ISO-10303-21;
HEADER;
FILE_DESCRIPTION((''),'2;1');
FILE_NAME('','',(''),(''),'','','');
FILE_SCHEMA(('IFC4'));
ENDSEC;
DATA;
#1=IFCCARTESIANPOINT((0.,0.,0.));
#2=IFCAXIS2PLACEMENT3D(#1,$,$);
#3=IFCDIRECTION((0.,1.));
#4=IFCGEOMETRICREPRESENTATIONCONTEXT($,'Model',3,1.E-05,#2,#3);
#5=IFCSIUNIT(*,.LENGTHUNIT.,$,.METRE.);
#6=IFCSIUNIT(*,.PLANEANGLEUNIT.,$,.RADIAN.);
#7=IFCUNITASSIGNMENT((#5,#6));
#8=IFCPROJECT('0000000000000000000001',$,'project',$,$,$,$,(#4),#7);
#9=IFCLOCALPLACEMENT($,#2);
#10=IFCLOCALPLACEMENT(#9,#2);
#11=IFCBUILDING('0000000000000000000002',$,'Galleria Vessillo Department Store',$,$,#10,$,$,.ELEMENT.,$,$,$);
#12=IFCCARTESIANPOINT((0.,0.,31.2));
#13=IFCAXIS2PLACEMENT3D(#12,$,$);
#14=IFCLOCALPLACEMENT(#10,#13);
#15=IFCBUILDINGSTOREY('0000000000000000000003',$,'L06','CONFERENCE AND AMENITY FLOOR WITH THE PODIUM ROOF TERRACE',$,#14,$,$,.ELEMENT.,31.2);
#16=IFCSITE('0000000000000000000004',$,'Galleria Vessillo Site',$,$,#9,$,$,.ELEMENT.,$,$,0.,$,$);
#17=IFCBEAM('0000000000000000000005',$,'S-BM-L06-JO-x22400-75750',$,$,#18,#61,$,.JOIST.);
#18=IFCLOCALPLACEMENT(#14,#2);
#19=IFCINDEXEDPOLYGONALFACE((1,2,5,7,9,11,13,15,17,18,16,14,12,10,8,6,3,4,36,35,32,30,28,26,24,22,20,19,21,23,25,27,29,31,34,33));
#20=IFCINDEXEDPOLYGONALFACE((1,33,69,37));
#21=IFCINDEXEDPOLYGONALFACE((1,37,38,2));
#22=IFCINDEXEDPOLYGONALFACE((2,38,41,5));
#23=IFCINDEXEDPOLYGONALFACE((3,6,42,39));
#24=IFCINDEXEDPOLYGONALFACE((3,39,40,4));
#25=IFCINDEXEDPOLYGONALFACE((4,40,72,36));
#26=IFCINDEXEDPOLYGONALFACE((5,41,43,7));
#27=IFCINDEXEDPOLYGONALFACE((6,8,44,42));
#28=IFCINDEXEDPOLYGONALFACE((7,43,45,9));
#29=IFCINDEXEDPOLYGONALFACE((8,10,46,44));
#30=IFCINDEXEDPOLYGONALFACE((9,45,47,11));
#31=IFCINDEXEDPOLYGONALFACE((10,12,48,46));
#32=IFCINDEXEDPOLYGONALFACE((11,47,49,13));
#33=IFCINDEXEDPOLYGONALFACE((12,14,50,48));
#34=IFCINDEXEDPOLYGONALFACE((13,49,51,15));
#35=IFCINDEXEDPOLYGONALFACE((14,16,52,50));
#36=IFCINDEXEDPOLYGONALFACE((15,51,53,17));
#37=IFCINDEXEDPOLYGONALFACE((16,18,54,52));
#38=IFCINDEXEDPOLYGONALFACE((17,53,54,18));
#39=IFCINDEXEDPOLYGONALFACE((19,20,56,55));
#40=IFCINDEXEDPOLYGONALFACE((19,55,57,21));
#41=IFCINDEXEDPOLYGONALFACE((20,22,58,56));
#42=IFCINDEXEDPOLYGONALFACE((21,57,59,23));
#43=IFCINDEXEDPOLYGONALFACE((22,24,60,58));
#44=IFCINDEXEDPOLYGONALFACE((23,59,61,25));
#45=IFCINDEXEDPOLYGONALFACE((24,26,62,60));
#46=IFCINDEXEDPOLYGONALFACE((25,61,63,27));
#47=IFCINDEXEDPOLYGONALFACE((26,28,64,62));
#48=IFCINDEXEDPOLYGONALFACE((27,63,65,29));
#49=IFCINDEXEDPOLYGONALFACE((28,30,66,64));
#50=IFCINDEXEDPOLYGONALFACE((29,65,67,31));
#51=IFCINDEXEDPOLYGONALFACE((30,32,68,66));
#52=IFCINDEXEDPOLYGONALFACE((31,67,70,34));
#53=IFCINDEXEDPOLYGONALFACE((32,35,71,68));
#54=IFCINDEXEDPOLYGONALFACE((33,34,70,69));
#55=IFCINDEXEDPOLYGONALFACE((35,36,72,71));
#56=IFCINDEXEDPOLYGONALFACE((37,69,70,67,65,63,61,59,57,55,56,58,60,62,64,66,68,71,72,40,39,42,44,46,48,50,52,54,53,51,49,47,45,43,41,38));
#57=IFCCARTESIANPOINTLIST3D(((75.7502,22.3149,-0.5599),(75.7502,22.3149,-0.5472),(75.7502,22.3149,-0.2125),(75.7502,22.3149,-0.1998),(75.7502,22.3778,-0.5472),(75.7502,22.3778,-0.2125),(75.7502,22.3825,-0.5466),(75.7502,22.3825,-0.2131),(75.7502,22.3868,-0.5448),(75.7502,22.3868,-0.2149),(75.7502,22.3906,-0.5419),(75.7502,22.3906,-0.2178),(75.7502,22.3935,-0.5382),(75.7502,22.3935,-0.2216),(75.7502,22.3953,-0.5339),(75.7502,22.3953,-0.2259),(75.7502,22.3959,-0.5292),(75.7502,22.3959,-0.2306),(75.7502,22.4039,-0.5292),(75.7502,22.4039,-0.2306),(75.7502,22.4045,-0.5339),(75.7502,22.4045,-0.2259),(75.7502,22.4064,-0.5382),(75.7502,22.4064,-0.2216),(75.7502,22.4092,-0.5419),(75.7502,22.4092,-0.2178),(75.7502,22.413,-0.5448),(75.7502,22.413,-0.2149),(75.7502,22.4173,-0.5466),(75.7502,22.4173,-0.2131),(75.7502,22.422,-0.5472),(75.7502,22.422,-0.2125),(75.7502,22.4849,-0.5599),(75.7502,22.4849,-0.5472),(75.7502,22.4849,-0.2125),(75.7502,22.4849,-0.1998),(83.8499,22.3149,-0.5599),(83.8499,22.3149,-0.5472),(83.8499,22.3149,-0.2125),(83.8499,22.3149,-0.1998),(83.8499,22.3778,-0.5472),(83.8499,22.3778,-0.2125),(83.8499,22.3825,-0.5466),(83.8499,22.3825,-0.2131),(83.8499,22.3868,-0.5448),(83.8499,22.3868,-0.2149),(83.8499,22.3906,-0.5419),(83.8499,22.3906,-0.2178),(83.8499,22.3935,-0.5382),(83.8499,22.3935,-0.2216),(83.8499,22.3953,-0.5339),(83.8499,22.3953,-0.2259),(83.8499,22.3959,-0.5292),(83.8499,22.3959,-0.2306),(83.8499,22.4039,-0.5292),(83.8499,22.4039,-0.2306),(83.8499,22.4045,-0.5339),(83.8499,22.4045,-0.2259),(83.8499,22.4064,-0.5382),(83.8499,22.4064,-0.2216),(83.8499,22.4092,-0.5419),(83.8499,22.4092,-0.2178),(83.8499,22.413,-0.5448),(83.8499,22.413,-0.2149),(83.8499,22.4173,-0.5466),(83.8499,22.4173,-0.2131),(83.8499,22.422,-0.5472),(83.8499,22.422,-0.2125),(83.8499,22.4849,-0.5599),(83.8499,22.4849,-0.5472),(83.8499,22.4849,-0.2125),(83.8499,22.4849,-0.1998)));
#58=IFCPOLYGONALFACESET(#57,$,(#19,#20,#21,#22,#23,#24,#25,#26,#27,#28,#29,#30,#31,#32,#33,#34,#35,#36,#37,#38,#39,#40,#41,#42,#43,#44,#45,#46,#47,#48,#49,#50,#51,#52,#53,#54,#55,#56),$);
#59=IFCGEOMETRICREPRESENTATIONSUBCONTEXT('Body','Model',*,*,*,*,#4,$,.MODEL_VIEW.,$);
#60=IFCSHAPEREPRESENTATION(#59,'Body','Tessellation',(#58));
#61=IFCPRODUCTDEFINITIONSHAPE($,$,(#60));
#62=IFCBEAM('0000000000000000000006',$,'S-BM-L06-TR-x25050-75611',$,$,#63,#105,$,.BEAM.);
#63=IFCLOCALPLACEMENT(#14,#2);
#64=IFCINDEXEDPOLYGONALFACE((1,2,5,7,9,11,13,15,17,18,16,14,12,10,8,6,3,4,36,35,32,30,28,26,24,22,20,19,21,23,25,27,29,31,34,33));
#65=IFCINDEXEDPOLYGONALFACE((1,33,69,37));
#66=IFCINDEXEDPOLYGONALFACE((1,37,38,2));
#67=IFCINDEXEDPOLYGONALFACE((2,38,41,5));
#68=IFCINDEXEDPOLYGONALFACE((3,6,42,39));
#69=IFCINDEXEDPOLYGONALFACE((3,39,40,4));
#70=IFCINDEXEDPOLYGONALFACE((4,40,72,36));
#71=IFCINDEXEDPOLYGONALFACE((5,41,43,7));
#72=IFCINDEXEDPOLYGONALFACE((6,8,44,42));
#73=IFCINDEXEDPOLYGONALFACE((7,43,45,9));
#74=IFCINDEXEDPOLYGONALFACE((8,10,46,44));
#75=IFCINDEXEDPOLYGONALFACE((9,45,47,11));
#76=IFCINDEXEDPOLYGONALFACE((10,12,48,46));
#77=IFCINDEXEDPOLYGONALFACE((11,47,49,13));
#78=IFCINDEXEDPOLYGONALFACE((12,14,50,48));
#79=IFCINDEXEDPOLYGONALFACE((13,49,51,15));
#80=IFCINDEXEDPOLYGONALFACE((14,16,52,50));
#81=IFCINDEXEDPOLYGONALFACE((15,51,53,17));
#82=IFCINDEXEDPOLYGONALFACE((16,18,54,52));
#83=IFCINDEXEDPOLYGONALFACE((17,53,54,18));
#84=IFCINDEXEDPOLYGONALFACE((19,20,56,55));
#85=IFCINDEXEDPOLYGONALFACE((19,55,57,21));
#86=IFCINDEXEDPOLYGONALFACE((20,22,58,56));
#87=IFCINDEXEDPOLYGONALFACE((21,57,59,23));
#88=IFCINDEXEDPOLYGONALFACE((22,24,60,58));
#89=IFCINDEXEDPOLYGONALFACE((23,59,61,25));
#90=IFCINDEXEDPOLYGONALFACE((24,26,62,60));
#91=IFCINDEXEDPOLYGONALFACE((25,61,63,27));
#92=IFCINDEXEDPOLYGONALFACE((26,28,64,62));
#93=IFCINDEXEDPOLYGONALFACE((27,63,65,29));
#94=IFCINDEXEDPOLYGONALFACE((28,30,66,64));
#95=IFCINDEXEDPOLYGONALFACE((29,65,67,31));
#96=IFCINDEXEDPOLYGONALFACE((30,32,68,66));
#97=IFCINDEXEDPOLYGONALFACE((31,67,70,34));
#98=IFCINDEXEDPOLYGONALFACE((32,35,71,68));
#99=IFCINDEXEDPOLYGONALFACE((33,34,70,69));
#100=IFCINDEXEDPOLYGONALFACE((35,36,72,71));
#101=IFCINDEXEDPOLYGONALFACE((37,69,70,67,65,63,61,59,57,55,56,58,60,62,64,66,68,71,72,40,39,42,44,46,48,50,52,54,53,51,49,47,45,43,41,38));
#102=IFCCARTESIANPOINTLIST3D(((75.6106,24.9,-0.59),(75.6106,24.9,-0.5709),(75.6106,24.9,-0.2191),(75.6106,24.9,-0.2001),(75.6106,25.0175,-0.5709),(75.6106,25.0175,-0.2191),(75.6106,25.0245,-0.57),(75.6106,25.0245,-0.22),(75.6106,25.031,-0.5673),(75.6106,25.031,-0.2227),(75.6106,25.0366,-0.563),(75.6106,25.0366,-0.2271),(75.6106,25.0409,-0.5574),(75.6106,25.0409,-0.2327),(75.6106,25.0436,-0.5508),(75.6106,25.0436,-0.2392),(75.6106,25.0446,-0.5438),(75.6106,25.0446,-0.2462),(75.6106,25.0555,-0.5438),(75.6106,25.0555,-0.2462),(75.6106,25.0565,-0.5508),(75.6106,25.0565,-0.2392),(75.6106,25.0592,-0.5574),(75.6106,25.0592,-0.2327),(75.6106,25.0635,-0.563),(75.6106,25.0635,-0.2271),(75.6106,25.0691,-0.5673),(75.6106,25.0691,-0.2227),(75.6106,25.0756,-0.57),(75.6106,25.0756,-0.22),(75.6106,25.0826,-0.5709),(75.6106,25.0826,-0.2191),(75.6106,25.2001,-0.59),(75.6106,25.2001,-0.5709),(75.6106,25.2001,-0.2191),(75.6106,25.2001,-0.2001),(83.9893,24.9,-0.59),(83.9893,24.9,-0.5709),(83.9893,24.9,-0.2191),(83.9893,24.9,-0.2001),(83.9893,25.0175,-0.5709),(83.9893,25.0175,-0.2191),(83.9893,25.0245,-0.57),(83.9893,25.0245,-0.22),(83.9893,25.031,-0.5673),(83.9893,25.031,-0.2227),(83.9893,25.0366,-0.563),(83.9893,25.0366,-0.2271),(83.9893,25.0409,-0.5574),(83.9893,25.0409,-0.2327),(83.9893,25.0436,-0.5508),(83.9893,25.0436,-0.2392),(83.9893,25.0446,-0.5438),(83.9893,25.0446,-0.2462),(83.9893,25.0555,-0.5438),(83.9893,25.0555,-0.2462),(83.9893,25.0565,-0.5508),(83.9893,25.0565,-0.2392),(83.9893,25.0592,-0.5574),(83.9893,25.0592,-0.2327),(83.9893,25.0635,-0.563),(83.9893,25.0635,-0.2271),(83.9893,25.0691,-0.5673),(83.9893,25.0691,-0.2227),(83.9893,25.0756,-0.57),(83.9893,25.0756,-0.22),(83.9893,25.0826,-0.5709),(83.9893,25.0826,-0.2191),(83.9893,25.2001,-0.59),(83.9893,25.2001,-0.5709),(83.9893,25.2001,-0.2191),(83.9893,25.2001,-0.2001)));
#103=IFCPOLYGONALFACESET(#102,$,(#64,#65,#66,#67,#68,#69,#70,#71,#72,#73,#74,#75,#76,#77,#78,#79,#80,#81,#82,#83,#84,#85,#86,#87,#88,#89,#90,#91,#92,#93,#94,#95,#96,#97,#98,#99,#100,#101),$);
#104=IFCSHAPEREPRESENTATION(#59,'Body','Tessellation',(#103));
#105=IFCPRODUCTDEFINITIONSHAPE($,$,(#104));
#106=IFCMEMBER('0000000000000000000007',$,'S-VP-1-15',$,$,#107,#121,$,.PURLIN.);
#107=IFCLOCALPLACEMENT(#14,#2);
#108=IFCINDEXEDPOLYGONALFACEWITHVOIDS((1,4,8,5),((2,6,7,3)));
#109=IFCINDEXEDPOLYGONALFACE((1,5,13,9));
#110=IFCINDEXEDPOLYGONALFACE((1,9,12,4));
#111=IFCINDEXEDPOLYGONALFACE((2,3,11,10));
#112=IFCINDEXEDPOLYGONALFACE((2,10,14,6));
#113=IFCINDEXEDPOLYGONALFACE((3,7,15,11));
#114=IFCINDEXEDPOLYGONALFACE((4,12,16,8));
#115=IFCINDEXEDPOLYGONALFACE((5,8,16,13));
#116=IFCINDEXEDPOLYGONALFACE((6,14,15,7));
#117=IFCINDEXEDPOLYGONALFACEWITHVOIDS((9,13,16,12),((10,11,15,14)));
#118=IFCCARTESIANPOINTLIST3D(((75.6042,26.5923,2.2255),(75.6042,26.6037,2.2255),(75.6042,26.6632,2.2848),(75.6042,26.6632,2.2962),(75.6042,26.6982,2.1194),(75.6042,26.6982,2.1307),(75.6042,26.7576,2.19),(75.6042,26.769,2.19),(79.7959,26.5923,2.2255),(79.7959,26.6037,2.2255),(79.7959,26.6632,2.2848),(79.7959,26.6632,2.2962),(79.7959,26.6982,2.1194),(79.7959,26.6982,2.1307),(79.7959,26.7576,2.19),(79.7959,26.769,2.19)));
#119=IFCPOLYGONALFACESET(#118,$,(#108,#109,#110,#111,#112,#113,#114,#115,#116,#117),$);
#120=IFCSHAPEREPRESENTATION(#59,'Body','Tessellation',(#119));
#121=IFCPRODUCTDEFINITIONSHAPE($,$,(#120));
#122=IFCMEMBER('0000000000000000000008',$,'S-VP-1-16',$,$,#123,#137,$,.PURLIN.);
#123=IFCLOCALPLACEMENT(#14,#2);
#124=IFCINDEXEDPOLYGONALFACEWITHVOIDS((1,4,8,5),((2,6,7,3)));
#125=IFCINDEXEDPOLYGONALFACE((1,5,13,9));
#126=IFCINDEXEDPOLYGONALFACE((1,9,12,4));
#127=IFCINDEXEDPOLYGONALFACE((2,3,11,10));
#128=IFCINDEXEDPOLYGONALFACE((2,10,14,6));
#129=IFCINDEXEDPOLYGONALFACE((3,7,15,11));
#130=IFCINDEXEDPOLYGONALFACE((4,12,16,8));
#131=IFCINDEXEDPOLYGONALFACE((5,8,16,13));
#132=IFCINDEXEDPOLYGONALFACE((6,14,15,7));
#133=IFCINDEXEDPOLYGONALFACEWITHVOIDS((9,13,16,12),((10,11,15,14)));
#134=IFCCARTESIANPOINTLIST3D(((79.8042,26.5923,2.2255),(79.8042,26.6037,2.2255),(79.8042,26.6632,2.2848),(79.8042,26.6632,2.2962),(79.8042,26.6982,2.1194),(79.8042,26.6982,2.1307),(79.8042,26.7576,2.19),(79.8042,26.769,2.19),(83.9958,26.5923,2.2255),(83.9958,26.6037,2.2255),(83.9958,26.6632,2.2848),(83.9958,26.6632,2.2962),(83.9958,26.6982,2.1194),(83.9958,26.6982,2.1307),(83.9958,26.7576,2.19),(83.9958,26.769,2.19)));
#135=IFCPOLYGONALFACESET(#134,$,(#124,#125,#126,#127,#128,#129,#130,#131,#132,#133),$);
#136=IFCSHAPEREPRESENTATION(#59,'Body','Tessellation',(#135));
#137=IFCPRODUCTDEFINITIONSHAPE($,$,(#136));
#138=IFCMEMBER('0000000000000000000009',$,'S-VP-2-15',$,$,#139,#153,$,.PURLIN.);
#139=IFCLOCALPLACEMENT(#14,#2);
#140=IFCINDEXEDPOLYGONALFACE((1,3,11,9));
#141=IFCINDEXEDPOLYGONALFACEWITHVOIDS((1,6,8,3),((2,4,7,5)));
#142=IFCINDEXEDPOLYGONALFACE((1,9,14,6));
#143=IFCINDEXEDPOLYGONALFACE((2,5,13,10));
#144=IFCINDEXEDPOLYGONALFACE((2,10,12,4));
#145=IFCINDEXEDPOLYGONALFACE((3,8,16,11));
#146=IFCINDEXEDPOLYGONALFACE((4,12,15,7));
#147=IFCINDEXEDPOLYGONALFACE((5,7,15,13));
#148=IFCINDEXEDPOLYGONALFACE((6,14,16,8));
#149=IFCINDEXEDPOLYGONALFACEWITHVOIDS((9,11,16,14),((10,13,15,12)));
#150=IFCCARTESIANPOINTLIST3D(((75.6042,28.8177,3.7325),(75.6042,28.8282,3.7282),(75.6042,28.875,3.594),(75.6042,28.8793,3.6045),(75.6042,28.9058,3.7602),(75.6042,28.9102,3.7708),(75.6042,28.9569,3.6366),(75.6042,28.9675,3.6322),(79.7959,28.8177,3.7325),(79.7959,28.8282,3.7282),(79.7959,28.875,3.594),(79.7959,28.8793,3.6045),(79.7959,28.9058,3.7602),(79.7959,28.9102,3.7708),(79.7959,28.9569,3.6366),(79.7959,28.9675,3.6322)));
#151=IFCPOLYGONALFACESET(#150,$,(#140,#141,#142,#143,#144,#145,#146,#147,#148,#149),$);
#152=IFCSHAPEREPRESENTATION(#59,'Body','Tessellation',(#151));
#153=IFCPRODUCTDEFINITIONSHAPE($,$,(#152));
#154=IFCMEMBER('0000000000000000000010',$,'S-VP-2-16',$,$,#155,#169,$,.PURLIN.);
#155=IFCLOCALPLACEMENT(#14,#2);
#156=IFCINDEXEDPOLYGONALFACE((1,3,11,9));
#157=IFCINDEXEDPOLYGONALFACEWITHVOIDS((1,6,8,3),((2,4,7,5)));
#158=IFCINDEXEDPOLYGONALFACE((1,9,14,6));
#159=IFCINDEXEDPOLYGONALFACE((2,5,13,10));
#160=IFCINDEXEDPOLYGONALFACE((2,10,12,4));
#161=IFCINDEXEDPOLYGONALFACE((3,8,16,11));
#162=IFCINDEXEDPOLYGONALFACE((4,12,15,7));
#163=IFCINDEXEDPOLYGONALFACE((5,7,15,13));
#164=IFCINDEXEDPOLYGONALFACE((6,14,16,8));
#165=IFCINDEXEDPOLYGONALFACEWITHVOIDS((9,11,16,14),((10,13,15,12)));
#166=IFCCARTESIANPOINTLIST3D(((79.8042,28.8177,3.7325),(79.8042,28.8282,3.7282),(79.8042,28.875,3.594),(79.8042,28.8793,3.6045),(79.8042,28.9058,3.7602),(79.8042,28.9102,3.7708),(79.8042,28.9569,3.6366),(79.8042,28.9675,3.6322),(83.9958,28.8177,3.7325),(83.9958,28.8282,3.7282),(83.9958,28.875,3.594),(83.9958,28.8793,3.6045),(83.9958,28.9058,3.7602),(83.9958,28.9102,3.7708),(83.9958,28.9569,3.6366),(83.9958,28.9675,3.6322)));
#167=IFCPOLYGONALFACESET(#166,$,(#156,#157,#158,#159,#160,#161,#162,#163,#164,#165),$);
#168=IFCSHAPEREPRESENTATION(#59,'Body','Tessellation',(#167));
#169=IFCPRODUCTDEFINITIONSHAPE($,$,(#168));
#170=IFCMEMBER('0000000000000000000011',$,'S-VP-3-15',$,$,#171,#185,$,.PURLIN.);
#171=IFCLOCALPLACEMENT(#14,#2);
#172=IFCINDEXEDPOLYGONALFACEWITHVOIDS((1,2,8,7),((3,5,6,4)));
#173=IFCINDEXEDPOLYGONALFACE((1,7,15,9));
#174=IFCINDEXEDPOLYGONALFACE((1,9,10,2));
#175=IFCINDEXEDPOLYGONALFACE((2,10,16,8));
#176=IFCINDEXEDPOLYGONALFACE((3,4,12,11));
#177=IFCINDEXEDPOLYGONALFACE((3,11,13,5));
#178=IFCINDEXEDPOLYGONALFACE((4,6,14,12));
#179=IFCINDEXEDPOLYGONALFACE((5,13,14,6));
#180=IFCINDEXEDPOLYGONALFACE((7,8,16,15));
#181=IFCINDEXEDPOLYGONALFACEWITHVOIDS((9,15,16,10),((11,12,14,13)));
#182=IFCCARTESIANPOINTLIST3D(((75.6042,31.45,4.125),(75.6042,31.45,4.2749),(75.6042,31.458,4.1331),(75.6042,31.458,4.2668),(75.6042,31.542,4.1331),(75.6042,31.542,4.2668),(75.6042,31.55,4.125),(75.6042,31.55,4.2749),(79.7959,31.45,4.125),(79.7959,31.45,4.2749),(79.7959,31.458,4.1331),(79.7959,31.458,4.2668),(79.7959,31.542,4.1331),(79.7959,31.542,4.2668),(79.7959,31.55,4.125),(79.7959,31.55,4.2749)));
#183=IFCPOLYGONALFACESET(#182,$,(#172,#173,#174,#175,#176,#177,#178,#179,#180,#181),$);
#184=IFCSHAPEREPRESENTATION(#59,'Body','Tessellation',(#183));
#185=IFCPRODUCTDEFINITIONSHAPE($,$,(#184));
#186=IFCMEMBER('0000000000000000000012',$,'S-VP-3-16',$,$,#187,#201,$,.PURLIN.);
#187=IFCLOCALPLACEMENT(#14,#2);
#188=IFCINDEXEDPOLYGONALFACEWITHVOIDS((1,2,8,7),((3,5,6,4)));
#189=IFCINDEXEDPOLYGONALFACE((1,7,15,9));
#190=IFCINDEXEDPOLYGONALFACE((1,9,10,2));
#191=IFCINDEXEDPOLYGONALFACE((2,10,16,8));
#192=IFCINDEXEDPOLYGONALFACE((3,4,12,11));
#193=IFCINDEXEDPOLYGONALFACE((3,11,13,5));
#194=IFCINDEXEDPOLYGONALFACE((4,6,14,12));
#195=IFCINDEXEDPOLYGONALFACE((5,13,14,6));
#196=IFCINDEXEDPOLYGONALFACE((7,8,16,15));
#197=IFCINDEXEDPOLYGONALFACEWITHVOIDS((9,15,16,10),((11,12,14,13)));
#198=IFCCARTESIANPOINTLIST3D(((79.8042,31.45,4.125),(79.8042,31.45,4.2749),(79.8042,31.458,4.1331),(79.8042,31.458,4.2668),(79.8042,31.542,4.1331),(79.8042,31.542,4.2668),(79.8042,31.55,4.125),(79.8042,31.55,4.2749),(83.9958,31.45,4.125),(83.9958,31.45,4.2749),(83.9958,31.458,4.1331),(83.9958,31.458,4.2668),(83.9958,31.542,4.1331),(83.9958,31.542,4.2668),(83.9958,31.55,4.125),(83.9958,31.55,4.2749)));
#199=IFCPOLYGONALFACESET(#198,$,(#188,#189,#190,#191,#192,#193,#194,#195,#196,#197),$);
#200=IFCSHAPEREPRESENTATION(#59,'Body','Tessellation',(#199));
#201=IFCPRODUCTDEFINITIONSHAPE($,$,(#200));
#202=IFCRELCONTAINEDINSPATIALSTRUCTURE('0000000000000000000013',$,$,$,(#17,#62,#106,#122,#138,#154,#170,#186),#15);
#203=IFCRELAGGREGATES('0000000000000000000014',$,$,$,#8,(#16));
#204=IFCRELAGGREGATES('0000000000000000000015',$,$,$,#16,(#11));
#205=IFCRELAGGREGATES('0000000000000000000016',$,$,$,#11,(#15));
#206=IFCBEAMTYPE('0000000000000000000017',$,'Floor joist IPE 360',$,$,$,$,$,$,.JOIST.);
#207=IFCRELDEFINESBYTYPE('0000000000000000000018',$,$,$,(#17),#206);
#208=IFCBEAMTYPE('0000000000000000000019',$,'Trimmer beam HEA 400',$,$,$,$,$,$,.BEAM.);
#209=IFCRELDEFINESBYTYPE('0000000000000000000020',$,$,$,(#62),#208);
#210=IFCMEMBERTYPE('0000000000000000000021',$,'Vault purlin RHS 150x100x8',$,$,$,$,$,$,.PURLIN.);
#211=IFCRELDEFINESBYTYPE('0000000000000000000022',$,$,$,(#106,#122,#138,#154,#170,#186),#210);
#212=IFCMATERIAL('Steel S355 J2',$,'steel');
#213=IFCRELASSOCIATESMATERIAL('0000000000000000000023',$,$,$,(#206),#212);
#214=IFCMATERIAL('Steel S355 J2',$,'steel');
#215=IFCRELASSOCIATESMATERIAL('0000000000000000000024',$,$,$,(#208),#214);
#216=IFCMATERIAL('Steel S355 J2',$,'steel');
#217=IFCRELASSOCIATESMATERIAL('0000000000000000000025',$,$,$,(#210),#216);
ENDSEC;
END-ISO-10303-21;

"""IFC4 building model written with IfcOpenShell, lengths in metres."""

from ifc_helpers import new_model, si_unit, direction, frame, origin, origin_2d, place, context, subcontext, project, spatial, hollow_rectangle, i_section, extrude, material, material_profile, profile_set, type_object, element, save


model = new_model("IFC4")

# Units and contexts
model_context = context("Model", 3, precision=1e-05, world=origin(), true_north=direction((0.0, 1.0)))
body_context = subcontext(model_context, "Body", "Model", "MODEL_VIEW")
ifc_project = project(units=[si_unit("LENGTHUNIT", "METRE"), si_unit("PLANEANGLEUNIT", "RADIAN")], contexts=[model_context])

# Site, building, storey
site_placement = place(None, origin())
site = spatial("IfcSite", under=ifc_project, at=site_placement, Name="Galleria Vessillo Site", CompositionType="ELEMENT", RefElevation=0.0)
building_placement = place(site_placement, origin())
building = spatial("IfcBuilding", under=site, at=building_placement, Name="Galleria Vessillo Department Store", CompositionType="ELEMENT")
storey_placement = place(building_placement, frame((0.0, 0.0, 31.2)))
storey = spatial("IfcBuildingStorey", under=building, at=storey_placement, Name="L06", Description="CONFERENCE AND AMENITY FLOOR WITH THE PODIUM ROOF TERRACE", CompositionType="ELEMENT", Elevation=31.2)

# Beams
ifc_material_1 = material(Name="Steel S355 J2", Category="steel")
ifc_material_profile_1 = material_profile(ifc_material_1, i_section(OverallWidth=0.1699, OverallDepth=0.3601, WebThickness=0.0081, FlangeThickness=0.0127, FilletRadius=0.0181, at=origin_2d()), Name="IPE 360")
ifc_profile_set_1 = profile_set([ifc_material_profile_1], Name="Steel S355 J2")
beam_type_1 = type_object("IfcBeamType", Name="Floor joist IPE 360", PredefinedType="JOIST", material=ifc_profile_set_1)
beam_1_placement = place(storey_placement, frame((75.7502, 22.3999, -0.3799), z_axis=(1.0, 0.0, 0.0), x_axis=(0.0, 1.0, 0.0)))
element("IfcBeam", 1, at=beam_1_placement, inside=storey, type_object=beam_type_1, Name="S-BM-L06-JO-x22400-75750", PredefinedType="JOIST", context=body_context, shape_type="SweptSolid", body=[
    extrude(i_section(OverallWidth=0.1699, OverallDepth=0.3601, WebThickness=0.0081, FlangeThickness=0.0127, FilletRadius=0.0181, at=origin_2d()), origin(), (0.0, 0.0, 1.0), 8.0996),
])
ifc_material_2 = material(Name="Steel S355 J2", Category="steel")
ifc_material_profile_2 = material_profile(ifc_material_2, i_section(OverallWidth=0.3, OverallDepth=0.3899, WebThickness=0.011, FlangeThickness=0.019, FilletRadius=0.0271, at=origin_2d()), Name="HEA 400")
ifc_profile_set_2 = profile_set([ifc_material_profile_2], Name="Steel S355 J2")
beam_type_2 = type_object("IfcBeamType", Name="Trimmer beam HEA 400", PredefinedType="BEAM", material=ifc_profile_set_2)
beam_2_placement = place(storey_placement, frame((75.6106, 25.05, -0.395), z_axis=(1.0, 0.0, 0.0), x_axis=(0.0, 1.0, 0.0)))
element("IfcBeam", 2, at=beam_2_placement, inside=storey, type_object=beam_type_2, Name="S-BM-L06-TR-x25050-75611", PredefinedType="BEAM", context=body_context, shape_type="SweptSolid", body=[
    extrude(i_section(OverallWidth=0.3, OverallDepth=0.3899, WebThickness=0.011, FlangeThickness=0.019, FilletRadius=0.0271, at=origin_2d()), origin(), (0.0, 0.0, 1.0), 8.3787),
])

# Members
ifc_material_3 = material(Name="Steel S355 J2", Category="steel")
ifc_material_profile_3 = material_profile(ifc_material_3, hollow_rectangle(XDim=0.1001, YDim=0.1499, WallThickness=0.0081, at=origin_2d()), Name="RHS 150x100x8")
ifc_profile_set_3 = profile_set([ifc_material_profile_3], Name="Steel S355 J2")
member_type_1 = type_object("IfcMemberType", Name="Vault purlin RHS 150x100x8", PredefinedType="PURLIN", material=ifc_profile_set_3)
for number, where, z_axis, x_axis, name in (
    (3, (75.6042, 26.6807, 2.2078), (1.0, 0.0, 0.0), (0.0, 0.708077, 0.706135), "S-VP-1-15"),
    (4, (79.8042, 26.6807, 2.2078), (1.0, 0.0, 0.0), (0.0, 0.708077, 0.706135), "S-VP-1-16"),
    (5, (75.6042, 28.8926, 3.6824), (1.0, 0.0, 0.0), (0.0, 0.924145, 0.382043), "S-VP-2-15"),
    (6, (79.8042, 28.8926, 3.6824), (1.0, 0.0, 0.0), (0.0, 0.924145, 0.382043), "S-VP-2-16"),
    (7, (75.6042, 31.5, 4.2), (1.0, 0.0, 0.0), (0.0, 1.0, 0.0), "S-VP-3-15"),
    (8, (79.8042, 31.5, 4.2), (1.0, 0.0, 0.0), (0.0, 1.0, 0.0), "S-VP-3-16"),
):
    element("IfcMember", number, at=place(storey_placement, frame(where, z_axis=z_axis, x_axis=x_axis)), inside=storey, type_object=member_type_1, Name=name, PredefinedType="PURLIN", context=body_context, shape_type="SweptSolid", body=[
        extrude(hollow_rectangle(XDim=0.1001, YDim=0.1499, WallThickness=0.0081, at=origin_2d()), origin(), (0.0, 0.0, 1.0), 4.1917),
    ])

save(model, "model.ifc")
